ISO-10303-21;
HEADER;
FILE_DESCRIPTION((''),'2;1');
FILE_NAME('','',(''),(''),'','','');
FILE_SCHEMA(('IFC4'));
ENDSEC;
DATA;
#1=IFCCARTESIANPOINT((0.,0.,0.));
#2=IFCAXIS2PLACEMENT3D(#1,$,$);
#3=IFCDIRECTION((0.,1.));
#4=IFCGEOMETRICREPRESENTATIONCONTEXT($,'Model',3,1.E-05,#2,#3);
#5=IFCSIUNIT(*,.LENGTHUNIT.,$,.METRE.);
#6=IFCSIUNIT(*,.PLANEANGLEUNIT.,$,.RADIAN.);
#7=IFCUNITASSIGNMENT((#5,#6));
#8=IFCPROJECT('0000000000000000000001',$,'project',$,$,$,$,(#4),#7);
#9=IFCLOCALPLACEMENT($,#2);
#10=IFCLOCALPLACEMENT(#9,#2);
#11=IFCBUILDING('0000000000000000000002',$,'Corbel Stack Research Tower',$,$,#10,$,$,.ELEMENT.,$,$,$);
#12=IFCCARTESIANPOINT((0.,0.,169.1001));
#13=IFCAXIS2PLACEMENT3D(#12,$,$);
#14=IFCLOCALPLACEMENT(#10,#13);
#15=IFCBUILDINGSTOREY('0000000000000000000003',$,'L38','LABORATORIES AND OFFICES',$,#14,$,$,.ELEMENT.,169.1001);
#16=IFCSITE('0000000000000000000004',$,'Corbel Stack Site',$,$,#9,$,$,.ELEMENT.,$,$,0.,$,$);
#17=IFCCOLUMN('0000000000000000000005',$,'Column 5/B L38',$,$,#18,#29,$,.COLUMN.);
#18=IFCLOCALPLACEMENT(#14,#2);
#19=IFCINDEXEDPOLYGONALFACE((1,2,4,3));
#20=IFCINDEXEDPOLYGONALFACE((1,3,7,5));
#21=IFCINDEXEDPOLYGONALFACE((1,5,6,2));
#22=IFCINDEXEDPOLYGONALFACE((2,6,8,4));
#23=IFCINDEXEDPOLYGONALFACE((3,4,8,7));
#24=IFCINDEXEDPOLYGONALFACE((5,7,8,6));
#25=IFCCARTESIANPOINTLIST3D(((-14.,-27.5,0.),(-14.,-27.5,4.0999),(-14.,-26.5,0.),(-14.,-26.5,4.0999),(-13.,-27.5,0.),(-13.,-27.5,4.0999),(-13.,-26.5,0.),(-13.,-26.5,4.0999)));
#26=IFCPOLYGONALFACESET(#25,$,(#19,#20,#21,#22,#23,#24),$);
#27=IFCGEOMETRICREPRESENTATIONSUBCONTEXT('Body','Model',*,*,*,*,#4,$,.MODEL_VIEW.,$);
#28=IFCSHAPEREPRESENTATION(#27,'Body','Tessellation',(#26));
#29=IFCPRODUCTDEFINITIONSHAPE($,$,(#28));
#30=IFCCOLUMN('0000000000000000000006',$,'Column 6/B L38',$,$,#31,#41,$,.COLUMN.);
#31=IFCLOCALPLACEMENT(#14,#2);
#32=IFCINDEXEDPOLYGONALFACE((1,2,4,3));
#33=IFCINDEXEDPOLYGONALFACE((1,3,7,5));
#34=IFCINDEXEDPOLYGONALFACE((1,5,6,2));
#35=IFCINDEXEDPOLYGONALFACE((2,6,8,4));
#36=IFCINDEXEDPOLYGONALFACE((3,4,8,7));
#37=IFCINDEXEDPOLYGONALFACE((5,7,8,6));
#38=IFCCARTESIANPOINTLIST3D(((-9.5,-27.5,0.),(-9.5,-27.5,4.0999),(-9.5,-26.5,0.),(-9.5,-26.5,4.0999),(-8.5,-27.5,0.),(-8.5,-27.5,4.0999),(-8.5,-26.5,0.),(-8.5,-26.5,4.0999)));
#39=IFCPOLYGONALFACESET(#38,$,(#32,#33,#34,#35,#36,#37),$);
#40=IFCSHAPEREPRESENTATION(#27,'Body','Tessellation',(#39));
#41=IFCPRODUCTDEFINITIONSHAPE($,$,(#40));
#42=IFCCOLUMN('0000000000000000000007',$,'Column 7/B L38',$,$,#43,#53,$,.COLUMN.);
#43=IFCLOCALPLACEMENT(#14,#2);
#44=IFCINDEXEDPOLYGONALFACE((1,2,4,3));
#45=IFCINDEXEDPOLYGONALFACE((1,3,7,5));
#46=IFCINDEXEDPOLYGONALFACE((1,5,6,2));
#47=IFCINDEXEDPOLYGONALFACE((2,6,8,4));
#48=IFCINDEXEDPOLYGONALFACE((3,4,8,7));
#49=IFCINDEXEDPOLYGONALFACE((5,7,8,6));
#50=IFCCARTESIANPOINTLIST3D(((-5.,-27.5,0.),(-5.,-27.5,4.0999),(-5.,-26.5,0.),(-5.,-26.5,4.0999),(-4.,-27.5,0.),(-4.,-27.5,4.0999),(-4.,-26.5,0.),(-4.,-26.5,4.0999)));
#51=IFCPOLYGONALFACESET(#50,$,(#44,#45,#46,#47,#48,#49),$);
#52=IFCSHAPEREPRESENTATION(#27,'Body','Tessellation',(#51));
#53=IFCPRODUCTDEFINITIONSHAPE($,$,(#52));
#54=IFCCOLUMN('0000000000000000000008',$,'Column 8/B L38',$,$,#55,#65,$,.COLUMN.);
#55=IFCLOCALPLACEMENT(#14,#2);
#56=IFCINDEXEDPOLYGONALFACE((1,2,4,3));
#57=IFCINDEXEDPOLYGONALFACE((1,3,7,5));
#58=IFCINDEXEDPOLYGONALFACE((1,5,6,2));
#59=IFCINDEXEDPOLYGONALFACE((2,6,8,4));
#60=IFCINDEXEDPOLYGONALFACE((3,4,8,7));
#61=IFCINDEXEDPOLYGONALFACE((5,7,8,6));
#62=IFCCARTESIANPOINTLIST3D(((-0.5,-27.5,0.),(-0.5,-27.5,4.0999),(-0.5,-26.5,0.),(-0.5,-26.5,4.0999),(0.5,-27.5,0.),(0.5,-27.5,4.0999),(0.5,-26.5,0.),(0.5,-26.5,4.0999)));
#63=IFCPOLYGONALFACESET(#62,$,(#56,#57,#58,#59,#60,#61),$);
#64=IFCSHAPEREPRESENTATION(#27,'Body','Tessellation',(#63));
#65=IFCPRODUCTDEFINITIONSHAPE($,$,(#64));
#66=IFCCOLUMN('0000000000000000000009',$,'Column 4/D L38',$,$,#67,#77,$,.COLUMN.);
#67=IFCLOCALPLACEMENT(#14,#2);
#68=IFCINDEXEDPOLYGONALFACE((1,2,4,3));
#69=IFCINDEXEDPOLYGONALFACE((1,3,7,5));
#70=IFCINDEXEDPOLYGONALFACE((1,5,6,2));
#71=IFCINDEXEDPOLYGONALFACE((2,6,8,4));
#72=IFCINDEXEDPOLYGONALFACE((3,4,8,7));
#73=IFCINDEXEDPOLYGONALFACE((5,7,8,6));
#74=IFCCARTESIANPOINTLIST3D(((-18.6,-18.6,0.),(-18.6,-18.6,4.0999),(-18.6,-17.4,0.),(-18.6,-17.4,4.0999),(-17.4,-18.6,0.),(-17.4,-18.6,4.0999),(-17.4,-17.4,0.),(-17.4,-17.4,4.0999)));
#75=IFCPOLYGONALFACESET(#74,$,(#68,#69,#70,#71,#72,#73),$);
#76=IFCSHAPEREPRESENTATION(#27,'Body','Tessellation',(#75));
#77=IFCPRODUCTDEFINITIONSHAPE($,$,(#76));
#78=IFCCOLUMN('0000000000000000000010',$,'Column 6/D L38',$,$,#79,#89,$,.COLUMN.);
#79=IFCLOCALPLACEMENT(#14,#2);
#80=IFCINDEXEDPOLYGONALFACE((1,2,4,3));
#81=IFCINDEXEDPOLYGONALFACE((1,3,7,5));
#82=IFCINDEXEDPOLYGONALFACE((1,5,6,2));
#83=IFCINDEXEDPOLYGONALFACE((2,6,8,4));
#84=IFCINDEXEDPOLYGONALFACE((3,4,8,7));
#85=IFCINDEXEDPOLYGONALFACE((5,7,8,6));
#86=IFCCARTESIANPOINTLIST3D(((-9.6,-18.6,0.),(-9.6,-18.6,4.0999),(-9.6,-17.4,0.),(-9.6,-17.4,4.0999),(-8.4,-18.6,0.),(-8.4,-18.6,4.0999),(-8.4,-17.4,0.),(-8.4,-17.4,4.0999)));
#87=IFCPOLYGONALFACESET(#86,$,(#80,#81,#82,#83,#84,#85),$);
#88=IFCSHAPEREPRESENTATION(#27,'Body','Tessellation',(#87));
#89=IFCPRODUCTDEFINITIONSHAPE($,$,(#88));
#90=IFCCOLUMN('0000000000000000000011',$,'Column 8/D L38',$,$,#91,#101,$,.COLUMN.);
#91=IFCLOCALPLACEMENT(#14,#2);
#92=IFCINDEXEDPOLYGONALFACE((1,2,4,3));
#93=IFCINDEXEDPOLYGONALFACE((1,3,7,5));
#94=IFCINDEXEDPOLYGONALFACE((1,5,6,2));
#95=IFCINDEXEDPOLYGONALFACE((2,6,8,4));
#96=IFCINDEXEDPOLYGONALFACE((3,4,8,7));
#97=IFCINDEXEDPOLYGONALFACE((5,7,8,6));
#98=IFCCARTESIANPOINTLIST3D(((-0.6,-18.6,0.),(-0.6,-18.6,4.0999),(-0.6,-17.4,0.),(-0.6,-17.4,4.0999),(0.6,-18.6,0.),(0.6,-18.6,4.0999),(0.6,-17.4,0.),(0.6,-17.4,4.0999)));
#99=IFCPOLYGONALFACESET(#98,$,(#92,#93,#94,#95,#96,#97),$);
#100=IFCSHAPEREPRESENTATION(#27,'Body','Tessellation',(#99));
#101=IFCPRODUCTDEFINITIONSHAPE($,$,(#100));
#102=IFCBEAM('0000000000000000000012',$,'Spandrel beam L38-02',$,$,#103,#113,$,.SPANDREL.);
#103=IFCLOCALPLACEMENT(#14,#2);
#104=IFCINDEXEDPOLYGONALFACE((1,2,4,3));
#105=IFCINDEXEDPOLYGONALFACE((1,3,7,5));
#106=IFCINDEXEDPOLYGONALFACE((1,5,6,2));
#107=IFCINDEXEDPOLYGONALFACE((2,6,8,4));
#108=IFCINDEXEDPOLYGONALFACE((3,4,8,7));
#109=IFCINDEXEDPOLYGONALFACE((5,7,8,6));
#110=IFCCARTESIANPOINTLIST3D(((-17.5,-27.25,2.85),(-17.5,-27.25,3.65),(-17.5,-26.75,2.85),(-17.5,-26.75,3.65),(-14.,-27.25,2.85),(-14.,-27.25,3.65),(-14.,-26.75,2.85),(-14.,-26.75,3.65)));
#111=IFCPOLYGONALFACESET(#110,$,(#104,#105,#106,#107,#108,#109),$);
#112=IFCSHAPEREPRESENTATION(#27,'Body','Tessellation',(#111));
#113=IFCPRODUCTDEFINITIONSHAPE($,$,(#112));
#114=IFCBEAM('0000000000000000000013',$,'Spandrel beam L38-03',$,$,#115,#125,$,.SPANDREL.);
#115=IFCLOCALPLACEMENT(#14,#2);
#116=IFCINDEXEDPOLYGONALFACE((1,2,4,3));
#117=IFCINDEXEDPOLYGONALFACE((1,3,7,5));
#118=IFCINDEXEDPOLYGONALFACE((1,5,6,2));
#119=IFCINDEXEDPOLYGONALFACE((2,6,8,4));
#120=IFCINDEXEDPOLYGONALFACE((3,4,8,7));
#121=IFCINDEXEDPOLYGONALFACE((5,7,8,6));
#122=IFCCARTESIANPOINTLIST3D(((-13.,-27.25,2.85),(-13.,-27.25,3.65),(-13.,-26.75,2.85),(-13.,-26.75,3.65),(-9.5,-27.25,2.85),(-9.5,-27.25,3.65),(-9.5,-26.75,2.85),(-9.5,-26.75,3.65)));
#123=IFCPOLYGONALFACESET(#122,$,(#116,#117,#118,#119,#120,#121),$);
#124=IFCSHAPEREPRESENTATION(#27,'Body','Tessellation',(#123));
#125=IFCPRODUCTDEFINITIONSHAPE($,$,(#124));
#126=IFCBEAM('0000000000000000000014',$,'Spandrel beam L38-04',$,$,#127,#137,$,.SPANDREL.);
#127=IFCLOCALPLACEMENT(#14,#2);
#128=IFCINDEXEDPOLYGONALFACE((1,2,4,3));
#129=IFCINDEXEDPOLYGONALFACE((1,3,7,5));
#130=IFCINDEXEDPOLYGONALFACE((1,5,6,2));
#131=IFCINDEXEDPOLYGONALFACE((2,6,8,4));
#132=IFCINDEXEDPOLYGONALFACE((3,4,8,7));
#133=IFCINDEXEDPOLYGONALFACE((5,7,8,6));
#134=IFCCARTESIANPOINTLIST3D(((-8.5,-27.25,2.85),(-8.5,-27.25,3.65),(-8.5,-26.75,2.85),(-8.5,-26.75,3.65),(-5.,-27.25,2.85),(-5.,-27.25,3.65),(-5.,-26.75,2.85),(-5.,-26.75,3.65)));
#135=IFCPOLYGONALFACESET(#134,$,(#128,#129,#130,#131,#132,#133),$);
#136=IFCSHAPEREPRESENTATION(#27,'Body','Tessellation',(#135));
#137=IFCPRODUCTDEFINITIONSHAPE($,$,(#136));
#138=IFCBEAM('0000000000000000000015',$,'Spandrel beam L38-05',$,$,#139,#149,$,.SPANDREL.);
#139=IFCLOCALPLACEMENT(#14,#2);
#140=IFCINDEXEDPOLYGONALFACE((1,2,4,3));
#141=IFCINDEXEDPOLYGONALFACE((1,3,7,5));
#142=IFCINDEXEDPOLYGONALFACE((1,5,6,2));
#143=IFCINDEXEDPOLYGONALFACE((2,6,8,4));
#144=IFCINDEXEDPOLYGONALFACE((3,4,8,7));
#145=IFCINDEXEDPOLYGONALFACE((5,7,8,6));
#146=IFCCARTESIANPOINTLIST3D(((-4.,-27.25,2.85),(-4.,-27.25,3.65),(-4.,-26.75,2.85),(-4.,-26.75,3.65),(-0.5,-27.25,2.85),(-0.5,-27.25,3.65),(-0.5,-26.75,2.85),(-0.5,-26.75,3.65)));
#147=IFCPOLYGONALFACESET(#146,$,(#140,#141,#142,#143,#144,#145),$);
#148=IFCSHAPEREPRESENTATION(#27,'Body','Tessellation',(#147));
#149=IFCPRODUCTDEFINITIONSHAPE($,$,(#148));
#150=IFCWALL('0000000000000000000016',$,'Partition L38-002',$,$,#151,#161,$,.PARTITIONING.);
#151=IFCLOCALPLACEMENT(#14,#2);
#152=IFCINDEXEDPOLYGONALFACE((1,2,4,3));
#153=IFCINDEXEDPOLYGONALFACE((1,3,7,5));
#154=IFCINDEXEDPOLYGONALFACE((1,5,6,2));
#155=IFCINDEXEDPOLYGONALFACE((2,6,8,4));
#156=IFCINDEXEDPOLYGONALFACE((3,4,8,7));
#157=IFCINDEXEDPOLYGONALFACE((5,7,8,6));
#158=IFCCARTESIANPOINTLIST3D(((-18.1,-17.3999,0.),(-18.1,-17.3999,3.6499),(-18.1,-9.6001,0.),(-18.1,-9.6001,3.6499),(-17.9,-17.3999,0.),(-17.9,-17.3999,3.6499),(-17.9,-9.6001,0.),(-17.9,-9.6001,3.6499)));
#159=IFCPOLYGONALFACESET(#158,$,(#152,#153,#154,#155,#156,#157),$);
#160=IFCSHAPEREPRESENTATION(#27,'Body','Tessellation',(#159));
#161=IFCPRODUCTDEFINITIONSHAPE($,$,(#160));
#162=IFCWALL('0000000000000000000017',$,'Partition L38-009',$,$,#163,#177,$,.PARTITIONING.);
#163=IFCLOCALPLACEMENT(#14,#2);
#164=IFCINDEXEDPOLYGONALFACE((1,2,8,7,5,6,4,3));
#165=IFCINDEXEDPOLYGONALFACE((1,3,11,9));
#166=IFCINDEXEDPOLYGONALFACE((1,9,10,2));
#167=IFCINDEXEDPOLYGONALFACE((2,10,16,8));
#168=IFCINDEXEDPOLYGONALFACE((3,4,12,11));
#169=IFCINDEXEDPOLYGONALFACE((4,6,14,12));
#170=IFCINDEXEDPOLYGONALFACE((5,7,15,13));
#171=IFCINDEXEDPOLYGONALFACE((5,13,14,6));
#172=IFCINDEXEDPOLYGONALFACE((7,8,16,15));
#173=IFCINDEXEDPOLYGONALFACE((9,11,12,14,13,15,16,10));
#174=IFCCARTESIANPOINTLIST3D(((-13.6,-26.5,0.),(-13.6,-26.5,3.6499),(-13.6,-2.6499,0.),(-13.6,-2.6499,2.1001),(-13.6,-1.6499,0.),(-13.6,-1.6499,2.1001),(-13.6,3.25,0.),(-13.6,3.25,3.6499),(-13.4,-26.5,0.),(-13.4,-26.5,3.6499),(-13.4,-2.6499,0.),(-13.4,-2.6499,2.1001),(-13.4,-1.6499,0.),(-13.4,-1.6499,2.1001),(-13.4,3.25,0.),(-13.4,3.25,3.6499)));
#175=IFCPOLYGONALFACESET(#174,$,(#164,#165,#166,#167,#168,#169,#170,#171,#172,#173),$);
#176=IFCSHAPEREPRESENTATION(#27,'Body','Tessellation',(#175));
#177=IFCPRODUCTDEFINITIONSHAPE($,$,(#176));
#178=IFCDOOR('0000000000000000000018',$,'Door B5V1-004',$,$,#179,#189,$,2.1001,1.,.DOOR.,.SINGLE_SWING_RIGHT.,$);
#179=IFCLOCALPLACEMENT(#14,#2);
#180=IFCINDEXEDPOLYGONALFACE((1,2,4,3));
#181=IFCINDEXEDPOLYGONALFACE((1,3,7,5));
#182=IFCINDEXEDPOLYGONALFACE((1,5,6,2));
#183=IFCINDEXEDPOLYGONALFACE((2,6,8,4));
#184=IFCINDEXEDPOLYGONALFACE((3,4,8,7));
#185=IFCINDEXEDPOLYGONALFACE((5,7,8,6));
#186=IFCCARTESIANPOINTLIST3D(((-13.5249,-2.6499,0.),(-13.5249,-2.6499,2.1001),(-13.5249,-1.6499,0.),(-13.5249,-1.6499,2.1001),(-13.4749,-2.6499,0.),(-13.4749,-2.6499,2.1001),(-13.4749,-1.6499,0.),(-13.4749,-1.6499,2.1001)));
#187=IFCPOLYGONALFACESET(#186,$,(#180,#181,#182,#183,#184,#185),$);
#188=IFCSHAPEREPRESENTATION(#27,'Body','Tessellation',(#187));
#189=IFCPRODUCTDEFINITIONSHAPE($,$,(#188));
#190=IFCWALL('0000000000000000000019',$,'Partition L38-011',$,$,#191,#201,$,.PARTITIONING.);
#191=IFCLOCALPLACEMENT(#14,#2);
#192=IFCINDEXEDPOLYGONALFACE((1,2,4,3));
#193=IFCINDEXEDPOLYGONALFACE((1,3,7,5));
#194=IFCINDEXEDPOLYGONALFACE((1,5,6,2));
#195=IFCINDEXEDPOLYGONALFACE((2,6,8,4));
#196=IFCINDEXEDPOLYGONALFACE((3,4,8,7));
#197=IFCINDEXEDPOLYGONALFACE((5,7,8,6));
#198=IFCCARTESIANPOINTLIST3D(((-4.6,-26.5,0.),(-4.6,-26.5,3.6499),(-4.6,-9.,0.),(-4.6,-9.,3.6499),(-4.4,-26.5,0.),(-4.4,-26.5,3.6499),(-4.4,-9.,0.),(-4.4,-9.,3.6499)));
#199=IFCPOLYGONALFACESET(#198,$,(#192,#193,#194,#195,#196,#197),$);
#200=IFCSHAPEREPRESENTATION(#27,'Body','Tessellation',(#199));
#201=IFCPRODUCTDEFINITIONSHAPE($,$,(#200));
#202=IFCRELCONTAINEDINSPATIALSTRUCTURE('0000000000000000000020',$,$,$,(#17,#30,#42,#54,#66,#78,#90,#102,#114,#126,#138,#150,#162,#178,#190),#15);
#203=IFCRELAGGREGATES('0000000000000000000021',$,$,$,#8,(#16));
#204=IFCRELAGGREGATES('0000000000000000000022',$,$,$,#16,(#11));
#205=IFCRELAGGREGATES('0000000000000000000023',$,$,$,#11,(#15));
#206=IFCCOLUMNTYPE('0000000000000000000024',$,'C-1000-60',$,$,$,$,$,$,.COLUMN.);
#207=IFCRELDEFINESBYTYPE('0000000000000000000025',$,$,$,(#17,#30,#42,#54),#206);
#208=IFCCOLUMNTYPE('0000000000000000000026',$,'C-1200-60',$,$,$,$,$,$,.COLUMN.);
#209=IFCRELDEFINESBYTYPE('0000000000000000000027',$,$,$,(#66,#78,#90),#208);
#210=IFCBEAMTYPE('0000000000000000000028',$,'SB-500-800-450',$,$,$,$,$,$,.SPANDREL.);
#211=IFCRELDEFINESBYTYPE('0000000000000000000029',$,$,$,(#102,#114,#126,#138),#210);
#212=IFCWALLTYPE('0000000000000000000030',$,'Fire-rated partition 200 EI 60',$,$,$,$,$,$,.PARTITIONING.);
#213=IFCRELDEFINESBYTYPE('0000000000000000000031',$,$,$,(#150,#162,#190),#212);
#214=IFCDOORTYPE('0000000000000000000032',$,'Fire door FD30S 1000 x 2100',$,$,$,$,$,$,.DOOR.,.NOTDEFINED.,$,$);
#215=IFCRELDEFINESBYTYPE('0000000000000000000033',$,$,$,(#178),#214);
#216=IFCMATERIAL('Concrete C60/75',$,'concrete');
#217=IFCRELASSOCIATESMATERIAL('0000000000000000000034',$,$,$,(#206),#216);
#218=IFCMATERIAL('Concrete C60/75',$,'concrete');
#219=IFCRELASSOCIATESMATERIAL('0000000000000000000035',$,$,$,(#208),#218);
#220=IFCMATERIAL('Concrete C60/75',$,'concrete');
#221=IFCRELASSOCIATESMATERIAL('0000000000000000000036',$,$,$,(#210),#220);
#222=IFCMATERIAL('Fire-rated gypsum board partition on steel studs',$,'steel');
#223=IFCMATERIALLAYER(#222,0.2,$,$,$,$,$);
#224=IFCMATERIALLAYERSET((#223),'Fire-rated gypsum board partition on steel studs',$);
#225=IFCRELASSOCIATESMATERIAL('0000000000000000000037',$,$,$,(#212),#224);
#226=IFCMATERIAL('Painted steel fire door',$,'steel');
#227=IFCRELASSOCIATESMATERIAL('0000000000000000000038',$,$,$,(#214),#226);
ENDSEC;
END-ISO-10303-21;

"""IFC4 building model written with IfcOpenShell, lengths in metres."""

from ifc_helpers import new_model, si_unit, direction, frame, frame_2d, origin, origin_2d, place, context, subcontext, project, spatial, rectangle, extrude, material, layer, layer_set, material_profile, profile_set, type_object, element, fill, save


model = new_model("IFC4")

# Units and contexts
model_context = context("Model", 3, precision=1e-05, world=origin(), true_north=direction((0.0, 1.0)))
body_context = subcontext(model_context, "Body", "Model", "MODEL_VIEW")
ifc_project = project(units=[si_unit("LENGTHUNIT", "METRE"), si_unit("PLANEANGLEUNIT", "RADIAN")], contexts=[model_context])

# Site, building, storey
site_placement = place(None, origin())
site = spatial("IfcSite", under=ifc_project, at=site_placement, Name="Corbel Stack Site", CompositionType="ELEMENT", RefElevation=0.0)
building_placement = place(site_placement, origin())
building = spatial("IfcBuilding", under=site, at=building_placement, Name="Corbel Stack Research Tower", CompositionType="ELEMENT")
storey_placement = place(building_placement, frame((0.0, 0.0, 169.1001)))
storey = spatial("IfcBuildingStorey", under=building, at=storey_placement, Name="L38", Description="LABORATORIES AND OFFICES", CompositionType="ELEMENT", Elevation=169.1001)

# Columns
ifc_material_1 = material(Name="Concrete C60/75", Category="concrete")
ifc_material_profile_1 = material_profile(ifc_material_1, rectangle(XDim=1.0, YDim=1.0, at=origin_2d()), Name="RC 1000 x 1000")
ifc_profile_set_1 = profile_set([ifc_material_profile_1], Name="Concrete C60/75")
column_type_1 = type_object("IfcColumnType", Name="C-1000-60", PredefinedType="COLUMN", material=ifc_profile_set_1)
for number, where, z_axis, x_axis, name in (
    (1, (-13.5, -27.0, 0.0), (0.0, 0.0, 1.0), (1.0, 0.0, 0.0), "Column 5/B L38"),
    (2, (-9.0, -27.0, 0.0), (0.0, 0.0, 1.0), (1.0, 0.0, 0.0), "Column 6/B L38"),
    (3, (-4.5, -27.0, 0.0), (0.0, 0.0, 1.0), (1.0, 0.0, 0.0), "Column 7/B L38"),
    (4, (0.0, -27.0, 0.0), (0.0, 0.0, 1.0), (1.0, 0.0, 0.0), "Column 8/B L38"),
):
    element("IfcColumn", number, at=place(storey_placement, frame(where, z_axis=z_axis, x_axis=x_axis)), inside=storey, type_object=column_type_1, Name=name, PredefinedType="COLUMN", context=body_context, shape_type="SweptSolid", body=[
        extrude(rectangle(XDim=1.0, YDim=1.0, at=origin_2d()), origin(), (0.0, 0.0, 1.0), 4.0999),
    ])
ifc_material_2 = material(Name="Concrete C60/75", Category="concrete")
ifc_material_profile_2 = material_profile(ifc_material_2, rectangle(XDim=1.2, YDim=1.2, at=origin_2d()), Name="RC 1200 x 1200")
ifc_profile_set_2 = profile_set([ifc_material_profile_2], Name="Concrete C60/75")
column_type_2 = type_object("IfcColumnType", Name="C-1200-60", PredefinedType="COLUMN", material=ifc_profile_set_2)
for number, where, z_axis, x_axis, name in (
    (5, (-18.0, -18.0, 0.0), (0.0, 0.0, 1.0), (1.0, 0.0, 0.0), "Column 4/D L38"),
    (6, (-9.0, -18.0, 0.0), (0.0, 0.0, 1.0), (1.0, 0.0, 0.0), "Column 6/D L38"),
    (7, (0.0, -18.0, 0.0), (0.0, 0.0, 1.0), (1.0, 0.0, 0.0), "Column 8/D L38"),
):
    element("IfcColumn", number, at=place(storey_placement, frame(where, z_axis=z_axis, x_axis=x_axis)), inside=storey, type_object=column_type_2, Name=name, PredefinedType="COLUMN", context=body_context, shape_type="SweptSolid", body=[
        extrude(rectangle(XDim=1.2, YDim=1.2, at=origin_2d()), origin(), (0.0, 0.0, 1.0), 4.0999),
    ])

# Beams
ifc_material_3 = material(Name="Concrete C60/75", Category="concrete")
ifc_material_profile_3 = material_profile(ifc_material_3, rectangle(XDim=0.5, YDim=0.8, at=origin_2d()), Name="RC 500 x 800")
ifc_profile_set_3 = profile_set([ifc_material_profile_3], Name="Concrete C60/75")
beam_type = type_object("IfcBeamType", Name="SB-500-800-450", PredefinedType="SPANDREL", material=ifc_profile_set_3)
for number, where, z_axis, x_axis, name in (
    (8, (-17.5, -27.0, 3.25), (1.0, 0.0, 0.0), (0.0, 1.0, 0.0), "Spandrel beam L38-02"),
    (9, (-13.0, -27.0, 3.25), (1.0, 0.0, 0.0), (0.0, 1.0, 0.0), "Spandrel beam L38-03"),
    (10, (-8.5, -27.0, 3.25), (1.0, 0.0, 0.0), (0.0, 1.0, 0.0), "Spandrel beam L38-04"),
    (11, (-4.0, -27.0, 3.25), (1.0, 0.0, 0.0), (0.0, 1.0, 0.0), "Spandrel beam L38-05"),
):
    element("IfcBeam", number, at=place(storey_placement, frame(where, z_axis=z_axis, x_axis=x_axis)), inside=storey, type_object=beam_type, Name=name, PredefinedType="SPANDREL", context=body_context, shape_type="SweptSolid", body=[
        extrude(rectangle(XDim=0.5, YDim=0.8, at=origin_2d()), origin(), (0.0, 0.0, 1.0), 3.5),
    ])

# Wall
ifc_material_4 = material(Name="Fire-rated gypsum board partition on steel studs", Category="steel")
ifc_layer_1 = layer(ifc_material_4, 0.2)
ifc_layer_set_1 = layer_set([ifc_layer_1], Name="Fire-rated gypsum board partition on steel studs")
wall_type_1 = type_object("IfcWallType", Name="Fire-rated partition 200 EI 60", PredefinedType="PARTITIONING", material=ifc_layer_set_1)
wall_1_placement = place(storey_placement, frame((-18.0, -17.3999, 0.0), z_axis=(0.0, 0.0, 1.0), x_axis=(0.0, 1.0, 0.0)))
element("IfcWall", 12, at=wall_1_placement, inside=storey, type_object=wall_type_1, Name="Partition L38-002", PredefinedType="PARTITIONING", context=body_context, shape_type="SweptSolid", body=[
    extrude(rectangle(XDim=7.7998, YDim=0.2, at=frame_2d((3.8999, 0.0))), origin(), (0.0, 0.0, 1.0), 3.6499),
])

# Wall, opening, door
wall_2_placement = place(storey_placement, frame((-13.5, -26.5, 0.0), z_axis=(0.0, 0.0, 1.0), x_axis=(0.0, 1.0, 0.0)))
wall_2 = element("IfcWall", 13, at=wall_2_placement, inside=storey, type_object=wall_type_1, Name="Partition L38-009", PredefinedType="PARTITIONING", context=body_context, shape_type="SweptSolid", body=[
    extrude(rectangle(XDim=29.75, YDim=0.2, at=frame_2d((14.875, 0.0))), origin(), (0.0, 0.0, 1.0), 3.6499),
])
opening_1_placement = place(wall_2_placement, frame((23.8501, 0.0, 0.0)))
opening_1 = element("IfcOpeningElement", 14, at=opening_1_placement, cuts=wall_2, PredefinedType="OPENING", context=body_context, shape_type="SweptSolid", body=[
    extrude(rectangle(XDim=1.0, YDim=2.1001, at=frame_2d((0.5, 1.05))), frame((0.0, 0.1099, 0.0), z_axis=(0.0, -1.0, 0.0), x_axis=(1.0, 0.0, 0.0)), (0.0, 0.0, 1.0), 0.22),
])
ifc_material_5 = material(Name="Painted steel fire door", Category="steel")
door_type_1 = type_object("IfcDoorType", Name="Fire door FD30S 1000 x 2100", OperationType="NOTDEFINED", PredefinedType="DOOR", material=ifc_material_5)
door_1_placement = place(opening_1_placement, origin())
door_1 = element("IfcDoor", 15, at=door_1_placement, inside=storey, type_object=door_type_1, Name="Door B5V1-004", OperationType="SINGLE_SWING_RIGHT", OverallHeight=2.1001, OverallWidth=1.0, PredefinedType="DOOR", context=body_context, shape_type="SweptSolid", body=[
    extrude(rectangle(XDim=1.0, YDim=2.1001, at=frame_2d((0.5, 1.05))), frame((0.0, 0.0249, 0.0), z_axis=(0.0, -1.0, 0.0), x_axis=(1.0, 0.0, 0.0)), (0.0, 0.0, 1.0), 0.05),
])
fill(opening_1, door_1)

# Wall
wall_3_placement = place(storey_placement, frame((-4.5, -26.5, 0.0), z_axis=(0.0, 0.0, 1.0), x_axis=(0.0, 1.0, 0.0)))
element("IfcWall", 16, at=wall_3_placement, inside=storey, type_object=wall_type_1, Name="Partition L38-011", PredefinedType="PARTITIONING", context=body_context, shape_type="SweptSolid", body=[
    extrude(rectangle(XDim=17.5, YDim=0.2, at=frame_2d((8.75, 0.0))), origin(), (0.0, 0.0, 1.0), 3.6499),
])

save(model, "model.ifc")
